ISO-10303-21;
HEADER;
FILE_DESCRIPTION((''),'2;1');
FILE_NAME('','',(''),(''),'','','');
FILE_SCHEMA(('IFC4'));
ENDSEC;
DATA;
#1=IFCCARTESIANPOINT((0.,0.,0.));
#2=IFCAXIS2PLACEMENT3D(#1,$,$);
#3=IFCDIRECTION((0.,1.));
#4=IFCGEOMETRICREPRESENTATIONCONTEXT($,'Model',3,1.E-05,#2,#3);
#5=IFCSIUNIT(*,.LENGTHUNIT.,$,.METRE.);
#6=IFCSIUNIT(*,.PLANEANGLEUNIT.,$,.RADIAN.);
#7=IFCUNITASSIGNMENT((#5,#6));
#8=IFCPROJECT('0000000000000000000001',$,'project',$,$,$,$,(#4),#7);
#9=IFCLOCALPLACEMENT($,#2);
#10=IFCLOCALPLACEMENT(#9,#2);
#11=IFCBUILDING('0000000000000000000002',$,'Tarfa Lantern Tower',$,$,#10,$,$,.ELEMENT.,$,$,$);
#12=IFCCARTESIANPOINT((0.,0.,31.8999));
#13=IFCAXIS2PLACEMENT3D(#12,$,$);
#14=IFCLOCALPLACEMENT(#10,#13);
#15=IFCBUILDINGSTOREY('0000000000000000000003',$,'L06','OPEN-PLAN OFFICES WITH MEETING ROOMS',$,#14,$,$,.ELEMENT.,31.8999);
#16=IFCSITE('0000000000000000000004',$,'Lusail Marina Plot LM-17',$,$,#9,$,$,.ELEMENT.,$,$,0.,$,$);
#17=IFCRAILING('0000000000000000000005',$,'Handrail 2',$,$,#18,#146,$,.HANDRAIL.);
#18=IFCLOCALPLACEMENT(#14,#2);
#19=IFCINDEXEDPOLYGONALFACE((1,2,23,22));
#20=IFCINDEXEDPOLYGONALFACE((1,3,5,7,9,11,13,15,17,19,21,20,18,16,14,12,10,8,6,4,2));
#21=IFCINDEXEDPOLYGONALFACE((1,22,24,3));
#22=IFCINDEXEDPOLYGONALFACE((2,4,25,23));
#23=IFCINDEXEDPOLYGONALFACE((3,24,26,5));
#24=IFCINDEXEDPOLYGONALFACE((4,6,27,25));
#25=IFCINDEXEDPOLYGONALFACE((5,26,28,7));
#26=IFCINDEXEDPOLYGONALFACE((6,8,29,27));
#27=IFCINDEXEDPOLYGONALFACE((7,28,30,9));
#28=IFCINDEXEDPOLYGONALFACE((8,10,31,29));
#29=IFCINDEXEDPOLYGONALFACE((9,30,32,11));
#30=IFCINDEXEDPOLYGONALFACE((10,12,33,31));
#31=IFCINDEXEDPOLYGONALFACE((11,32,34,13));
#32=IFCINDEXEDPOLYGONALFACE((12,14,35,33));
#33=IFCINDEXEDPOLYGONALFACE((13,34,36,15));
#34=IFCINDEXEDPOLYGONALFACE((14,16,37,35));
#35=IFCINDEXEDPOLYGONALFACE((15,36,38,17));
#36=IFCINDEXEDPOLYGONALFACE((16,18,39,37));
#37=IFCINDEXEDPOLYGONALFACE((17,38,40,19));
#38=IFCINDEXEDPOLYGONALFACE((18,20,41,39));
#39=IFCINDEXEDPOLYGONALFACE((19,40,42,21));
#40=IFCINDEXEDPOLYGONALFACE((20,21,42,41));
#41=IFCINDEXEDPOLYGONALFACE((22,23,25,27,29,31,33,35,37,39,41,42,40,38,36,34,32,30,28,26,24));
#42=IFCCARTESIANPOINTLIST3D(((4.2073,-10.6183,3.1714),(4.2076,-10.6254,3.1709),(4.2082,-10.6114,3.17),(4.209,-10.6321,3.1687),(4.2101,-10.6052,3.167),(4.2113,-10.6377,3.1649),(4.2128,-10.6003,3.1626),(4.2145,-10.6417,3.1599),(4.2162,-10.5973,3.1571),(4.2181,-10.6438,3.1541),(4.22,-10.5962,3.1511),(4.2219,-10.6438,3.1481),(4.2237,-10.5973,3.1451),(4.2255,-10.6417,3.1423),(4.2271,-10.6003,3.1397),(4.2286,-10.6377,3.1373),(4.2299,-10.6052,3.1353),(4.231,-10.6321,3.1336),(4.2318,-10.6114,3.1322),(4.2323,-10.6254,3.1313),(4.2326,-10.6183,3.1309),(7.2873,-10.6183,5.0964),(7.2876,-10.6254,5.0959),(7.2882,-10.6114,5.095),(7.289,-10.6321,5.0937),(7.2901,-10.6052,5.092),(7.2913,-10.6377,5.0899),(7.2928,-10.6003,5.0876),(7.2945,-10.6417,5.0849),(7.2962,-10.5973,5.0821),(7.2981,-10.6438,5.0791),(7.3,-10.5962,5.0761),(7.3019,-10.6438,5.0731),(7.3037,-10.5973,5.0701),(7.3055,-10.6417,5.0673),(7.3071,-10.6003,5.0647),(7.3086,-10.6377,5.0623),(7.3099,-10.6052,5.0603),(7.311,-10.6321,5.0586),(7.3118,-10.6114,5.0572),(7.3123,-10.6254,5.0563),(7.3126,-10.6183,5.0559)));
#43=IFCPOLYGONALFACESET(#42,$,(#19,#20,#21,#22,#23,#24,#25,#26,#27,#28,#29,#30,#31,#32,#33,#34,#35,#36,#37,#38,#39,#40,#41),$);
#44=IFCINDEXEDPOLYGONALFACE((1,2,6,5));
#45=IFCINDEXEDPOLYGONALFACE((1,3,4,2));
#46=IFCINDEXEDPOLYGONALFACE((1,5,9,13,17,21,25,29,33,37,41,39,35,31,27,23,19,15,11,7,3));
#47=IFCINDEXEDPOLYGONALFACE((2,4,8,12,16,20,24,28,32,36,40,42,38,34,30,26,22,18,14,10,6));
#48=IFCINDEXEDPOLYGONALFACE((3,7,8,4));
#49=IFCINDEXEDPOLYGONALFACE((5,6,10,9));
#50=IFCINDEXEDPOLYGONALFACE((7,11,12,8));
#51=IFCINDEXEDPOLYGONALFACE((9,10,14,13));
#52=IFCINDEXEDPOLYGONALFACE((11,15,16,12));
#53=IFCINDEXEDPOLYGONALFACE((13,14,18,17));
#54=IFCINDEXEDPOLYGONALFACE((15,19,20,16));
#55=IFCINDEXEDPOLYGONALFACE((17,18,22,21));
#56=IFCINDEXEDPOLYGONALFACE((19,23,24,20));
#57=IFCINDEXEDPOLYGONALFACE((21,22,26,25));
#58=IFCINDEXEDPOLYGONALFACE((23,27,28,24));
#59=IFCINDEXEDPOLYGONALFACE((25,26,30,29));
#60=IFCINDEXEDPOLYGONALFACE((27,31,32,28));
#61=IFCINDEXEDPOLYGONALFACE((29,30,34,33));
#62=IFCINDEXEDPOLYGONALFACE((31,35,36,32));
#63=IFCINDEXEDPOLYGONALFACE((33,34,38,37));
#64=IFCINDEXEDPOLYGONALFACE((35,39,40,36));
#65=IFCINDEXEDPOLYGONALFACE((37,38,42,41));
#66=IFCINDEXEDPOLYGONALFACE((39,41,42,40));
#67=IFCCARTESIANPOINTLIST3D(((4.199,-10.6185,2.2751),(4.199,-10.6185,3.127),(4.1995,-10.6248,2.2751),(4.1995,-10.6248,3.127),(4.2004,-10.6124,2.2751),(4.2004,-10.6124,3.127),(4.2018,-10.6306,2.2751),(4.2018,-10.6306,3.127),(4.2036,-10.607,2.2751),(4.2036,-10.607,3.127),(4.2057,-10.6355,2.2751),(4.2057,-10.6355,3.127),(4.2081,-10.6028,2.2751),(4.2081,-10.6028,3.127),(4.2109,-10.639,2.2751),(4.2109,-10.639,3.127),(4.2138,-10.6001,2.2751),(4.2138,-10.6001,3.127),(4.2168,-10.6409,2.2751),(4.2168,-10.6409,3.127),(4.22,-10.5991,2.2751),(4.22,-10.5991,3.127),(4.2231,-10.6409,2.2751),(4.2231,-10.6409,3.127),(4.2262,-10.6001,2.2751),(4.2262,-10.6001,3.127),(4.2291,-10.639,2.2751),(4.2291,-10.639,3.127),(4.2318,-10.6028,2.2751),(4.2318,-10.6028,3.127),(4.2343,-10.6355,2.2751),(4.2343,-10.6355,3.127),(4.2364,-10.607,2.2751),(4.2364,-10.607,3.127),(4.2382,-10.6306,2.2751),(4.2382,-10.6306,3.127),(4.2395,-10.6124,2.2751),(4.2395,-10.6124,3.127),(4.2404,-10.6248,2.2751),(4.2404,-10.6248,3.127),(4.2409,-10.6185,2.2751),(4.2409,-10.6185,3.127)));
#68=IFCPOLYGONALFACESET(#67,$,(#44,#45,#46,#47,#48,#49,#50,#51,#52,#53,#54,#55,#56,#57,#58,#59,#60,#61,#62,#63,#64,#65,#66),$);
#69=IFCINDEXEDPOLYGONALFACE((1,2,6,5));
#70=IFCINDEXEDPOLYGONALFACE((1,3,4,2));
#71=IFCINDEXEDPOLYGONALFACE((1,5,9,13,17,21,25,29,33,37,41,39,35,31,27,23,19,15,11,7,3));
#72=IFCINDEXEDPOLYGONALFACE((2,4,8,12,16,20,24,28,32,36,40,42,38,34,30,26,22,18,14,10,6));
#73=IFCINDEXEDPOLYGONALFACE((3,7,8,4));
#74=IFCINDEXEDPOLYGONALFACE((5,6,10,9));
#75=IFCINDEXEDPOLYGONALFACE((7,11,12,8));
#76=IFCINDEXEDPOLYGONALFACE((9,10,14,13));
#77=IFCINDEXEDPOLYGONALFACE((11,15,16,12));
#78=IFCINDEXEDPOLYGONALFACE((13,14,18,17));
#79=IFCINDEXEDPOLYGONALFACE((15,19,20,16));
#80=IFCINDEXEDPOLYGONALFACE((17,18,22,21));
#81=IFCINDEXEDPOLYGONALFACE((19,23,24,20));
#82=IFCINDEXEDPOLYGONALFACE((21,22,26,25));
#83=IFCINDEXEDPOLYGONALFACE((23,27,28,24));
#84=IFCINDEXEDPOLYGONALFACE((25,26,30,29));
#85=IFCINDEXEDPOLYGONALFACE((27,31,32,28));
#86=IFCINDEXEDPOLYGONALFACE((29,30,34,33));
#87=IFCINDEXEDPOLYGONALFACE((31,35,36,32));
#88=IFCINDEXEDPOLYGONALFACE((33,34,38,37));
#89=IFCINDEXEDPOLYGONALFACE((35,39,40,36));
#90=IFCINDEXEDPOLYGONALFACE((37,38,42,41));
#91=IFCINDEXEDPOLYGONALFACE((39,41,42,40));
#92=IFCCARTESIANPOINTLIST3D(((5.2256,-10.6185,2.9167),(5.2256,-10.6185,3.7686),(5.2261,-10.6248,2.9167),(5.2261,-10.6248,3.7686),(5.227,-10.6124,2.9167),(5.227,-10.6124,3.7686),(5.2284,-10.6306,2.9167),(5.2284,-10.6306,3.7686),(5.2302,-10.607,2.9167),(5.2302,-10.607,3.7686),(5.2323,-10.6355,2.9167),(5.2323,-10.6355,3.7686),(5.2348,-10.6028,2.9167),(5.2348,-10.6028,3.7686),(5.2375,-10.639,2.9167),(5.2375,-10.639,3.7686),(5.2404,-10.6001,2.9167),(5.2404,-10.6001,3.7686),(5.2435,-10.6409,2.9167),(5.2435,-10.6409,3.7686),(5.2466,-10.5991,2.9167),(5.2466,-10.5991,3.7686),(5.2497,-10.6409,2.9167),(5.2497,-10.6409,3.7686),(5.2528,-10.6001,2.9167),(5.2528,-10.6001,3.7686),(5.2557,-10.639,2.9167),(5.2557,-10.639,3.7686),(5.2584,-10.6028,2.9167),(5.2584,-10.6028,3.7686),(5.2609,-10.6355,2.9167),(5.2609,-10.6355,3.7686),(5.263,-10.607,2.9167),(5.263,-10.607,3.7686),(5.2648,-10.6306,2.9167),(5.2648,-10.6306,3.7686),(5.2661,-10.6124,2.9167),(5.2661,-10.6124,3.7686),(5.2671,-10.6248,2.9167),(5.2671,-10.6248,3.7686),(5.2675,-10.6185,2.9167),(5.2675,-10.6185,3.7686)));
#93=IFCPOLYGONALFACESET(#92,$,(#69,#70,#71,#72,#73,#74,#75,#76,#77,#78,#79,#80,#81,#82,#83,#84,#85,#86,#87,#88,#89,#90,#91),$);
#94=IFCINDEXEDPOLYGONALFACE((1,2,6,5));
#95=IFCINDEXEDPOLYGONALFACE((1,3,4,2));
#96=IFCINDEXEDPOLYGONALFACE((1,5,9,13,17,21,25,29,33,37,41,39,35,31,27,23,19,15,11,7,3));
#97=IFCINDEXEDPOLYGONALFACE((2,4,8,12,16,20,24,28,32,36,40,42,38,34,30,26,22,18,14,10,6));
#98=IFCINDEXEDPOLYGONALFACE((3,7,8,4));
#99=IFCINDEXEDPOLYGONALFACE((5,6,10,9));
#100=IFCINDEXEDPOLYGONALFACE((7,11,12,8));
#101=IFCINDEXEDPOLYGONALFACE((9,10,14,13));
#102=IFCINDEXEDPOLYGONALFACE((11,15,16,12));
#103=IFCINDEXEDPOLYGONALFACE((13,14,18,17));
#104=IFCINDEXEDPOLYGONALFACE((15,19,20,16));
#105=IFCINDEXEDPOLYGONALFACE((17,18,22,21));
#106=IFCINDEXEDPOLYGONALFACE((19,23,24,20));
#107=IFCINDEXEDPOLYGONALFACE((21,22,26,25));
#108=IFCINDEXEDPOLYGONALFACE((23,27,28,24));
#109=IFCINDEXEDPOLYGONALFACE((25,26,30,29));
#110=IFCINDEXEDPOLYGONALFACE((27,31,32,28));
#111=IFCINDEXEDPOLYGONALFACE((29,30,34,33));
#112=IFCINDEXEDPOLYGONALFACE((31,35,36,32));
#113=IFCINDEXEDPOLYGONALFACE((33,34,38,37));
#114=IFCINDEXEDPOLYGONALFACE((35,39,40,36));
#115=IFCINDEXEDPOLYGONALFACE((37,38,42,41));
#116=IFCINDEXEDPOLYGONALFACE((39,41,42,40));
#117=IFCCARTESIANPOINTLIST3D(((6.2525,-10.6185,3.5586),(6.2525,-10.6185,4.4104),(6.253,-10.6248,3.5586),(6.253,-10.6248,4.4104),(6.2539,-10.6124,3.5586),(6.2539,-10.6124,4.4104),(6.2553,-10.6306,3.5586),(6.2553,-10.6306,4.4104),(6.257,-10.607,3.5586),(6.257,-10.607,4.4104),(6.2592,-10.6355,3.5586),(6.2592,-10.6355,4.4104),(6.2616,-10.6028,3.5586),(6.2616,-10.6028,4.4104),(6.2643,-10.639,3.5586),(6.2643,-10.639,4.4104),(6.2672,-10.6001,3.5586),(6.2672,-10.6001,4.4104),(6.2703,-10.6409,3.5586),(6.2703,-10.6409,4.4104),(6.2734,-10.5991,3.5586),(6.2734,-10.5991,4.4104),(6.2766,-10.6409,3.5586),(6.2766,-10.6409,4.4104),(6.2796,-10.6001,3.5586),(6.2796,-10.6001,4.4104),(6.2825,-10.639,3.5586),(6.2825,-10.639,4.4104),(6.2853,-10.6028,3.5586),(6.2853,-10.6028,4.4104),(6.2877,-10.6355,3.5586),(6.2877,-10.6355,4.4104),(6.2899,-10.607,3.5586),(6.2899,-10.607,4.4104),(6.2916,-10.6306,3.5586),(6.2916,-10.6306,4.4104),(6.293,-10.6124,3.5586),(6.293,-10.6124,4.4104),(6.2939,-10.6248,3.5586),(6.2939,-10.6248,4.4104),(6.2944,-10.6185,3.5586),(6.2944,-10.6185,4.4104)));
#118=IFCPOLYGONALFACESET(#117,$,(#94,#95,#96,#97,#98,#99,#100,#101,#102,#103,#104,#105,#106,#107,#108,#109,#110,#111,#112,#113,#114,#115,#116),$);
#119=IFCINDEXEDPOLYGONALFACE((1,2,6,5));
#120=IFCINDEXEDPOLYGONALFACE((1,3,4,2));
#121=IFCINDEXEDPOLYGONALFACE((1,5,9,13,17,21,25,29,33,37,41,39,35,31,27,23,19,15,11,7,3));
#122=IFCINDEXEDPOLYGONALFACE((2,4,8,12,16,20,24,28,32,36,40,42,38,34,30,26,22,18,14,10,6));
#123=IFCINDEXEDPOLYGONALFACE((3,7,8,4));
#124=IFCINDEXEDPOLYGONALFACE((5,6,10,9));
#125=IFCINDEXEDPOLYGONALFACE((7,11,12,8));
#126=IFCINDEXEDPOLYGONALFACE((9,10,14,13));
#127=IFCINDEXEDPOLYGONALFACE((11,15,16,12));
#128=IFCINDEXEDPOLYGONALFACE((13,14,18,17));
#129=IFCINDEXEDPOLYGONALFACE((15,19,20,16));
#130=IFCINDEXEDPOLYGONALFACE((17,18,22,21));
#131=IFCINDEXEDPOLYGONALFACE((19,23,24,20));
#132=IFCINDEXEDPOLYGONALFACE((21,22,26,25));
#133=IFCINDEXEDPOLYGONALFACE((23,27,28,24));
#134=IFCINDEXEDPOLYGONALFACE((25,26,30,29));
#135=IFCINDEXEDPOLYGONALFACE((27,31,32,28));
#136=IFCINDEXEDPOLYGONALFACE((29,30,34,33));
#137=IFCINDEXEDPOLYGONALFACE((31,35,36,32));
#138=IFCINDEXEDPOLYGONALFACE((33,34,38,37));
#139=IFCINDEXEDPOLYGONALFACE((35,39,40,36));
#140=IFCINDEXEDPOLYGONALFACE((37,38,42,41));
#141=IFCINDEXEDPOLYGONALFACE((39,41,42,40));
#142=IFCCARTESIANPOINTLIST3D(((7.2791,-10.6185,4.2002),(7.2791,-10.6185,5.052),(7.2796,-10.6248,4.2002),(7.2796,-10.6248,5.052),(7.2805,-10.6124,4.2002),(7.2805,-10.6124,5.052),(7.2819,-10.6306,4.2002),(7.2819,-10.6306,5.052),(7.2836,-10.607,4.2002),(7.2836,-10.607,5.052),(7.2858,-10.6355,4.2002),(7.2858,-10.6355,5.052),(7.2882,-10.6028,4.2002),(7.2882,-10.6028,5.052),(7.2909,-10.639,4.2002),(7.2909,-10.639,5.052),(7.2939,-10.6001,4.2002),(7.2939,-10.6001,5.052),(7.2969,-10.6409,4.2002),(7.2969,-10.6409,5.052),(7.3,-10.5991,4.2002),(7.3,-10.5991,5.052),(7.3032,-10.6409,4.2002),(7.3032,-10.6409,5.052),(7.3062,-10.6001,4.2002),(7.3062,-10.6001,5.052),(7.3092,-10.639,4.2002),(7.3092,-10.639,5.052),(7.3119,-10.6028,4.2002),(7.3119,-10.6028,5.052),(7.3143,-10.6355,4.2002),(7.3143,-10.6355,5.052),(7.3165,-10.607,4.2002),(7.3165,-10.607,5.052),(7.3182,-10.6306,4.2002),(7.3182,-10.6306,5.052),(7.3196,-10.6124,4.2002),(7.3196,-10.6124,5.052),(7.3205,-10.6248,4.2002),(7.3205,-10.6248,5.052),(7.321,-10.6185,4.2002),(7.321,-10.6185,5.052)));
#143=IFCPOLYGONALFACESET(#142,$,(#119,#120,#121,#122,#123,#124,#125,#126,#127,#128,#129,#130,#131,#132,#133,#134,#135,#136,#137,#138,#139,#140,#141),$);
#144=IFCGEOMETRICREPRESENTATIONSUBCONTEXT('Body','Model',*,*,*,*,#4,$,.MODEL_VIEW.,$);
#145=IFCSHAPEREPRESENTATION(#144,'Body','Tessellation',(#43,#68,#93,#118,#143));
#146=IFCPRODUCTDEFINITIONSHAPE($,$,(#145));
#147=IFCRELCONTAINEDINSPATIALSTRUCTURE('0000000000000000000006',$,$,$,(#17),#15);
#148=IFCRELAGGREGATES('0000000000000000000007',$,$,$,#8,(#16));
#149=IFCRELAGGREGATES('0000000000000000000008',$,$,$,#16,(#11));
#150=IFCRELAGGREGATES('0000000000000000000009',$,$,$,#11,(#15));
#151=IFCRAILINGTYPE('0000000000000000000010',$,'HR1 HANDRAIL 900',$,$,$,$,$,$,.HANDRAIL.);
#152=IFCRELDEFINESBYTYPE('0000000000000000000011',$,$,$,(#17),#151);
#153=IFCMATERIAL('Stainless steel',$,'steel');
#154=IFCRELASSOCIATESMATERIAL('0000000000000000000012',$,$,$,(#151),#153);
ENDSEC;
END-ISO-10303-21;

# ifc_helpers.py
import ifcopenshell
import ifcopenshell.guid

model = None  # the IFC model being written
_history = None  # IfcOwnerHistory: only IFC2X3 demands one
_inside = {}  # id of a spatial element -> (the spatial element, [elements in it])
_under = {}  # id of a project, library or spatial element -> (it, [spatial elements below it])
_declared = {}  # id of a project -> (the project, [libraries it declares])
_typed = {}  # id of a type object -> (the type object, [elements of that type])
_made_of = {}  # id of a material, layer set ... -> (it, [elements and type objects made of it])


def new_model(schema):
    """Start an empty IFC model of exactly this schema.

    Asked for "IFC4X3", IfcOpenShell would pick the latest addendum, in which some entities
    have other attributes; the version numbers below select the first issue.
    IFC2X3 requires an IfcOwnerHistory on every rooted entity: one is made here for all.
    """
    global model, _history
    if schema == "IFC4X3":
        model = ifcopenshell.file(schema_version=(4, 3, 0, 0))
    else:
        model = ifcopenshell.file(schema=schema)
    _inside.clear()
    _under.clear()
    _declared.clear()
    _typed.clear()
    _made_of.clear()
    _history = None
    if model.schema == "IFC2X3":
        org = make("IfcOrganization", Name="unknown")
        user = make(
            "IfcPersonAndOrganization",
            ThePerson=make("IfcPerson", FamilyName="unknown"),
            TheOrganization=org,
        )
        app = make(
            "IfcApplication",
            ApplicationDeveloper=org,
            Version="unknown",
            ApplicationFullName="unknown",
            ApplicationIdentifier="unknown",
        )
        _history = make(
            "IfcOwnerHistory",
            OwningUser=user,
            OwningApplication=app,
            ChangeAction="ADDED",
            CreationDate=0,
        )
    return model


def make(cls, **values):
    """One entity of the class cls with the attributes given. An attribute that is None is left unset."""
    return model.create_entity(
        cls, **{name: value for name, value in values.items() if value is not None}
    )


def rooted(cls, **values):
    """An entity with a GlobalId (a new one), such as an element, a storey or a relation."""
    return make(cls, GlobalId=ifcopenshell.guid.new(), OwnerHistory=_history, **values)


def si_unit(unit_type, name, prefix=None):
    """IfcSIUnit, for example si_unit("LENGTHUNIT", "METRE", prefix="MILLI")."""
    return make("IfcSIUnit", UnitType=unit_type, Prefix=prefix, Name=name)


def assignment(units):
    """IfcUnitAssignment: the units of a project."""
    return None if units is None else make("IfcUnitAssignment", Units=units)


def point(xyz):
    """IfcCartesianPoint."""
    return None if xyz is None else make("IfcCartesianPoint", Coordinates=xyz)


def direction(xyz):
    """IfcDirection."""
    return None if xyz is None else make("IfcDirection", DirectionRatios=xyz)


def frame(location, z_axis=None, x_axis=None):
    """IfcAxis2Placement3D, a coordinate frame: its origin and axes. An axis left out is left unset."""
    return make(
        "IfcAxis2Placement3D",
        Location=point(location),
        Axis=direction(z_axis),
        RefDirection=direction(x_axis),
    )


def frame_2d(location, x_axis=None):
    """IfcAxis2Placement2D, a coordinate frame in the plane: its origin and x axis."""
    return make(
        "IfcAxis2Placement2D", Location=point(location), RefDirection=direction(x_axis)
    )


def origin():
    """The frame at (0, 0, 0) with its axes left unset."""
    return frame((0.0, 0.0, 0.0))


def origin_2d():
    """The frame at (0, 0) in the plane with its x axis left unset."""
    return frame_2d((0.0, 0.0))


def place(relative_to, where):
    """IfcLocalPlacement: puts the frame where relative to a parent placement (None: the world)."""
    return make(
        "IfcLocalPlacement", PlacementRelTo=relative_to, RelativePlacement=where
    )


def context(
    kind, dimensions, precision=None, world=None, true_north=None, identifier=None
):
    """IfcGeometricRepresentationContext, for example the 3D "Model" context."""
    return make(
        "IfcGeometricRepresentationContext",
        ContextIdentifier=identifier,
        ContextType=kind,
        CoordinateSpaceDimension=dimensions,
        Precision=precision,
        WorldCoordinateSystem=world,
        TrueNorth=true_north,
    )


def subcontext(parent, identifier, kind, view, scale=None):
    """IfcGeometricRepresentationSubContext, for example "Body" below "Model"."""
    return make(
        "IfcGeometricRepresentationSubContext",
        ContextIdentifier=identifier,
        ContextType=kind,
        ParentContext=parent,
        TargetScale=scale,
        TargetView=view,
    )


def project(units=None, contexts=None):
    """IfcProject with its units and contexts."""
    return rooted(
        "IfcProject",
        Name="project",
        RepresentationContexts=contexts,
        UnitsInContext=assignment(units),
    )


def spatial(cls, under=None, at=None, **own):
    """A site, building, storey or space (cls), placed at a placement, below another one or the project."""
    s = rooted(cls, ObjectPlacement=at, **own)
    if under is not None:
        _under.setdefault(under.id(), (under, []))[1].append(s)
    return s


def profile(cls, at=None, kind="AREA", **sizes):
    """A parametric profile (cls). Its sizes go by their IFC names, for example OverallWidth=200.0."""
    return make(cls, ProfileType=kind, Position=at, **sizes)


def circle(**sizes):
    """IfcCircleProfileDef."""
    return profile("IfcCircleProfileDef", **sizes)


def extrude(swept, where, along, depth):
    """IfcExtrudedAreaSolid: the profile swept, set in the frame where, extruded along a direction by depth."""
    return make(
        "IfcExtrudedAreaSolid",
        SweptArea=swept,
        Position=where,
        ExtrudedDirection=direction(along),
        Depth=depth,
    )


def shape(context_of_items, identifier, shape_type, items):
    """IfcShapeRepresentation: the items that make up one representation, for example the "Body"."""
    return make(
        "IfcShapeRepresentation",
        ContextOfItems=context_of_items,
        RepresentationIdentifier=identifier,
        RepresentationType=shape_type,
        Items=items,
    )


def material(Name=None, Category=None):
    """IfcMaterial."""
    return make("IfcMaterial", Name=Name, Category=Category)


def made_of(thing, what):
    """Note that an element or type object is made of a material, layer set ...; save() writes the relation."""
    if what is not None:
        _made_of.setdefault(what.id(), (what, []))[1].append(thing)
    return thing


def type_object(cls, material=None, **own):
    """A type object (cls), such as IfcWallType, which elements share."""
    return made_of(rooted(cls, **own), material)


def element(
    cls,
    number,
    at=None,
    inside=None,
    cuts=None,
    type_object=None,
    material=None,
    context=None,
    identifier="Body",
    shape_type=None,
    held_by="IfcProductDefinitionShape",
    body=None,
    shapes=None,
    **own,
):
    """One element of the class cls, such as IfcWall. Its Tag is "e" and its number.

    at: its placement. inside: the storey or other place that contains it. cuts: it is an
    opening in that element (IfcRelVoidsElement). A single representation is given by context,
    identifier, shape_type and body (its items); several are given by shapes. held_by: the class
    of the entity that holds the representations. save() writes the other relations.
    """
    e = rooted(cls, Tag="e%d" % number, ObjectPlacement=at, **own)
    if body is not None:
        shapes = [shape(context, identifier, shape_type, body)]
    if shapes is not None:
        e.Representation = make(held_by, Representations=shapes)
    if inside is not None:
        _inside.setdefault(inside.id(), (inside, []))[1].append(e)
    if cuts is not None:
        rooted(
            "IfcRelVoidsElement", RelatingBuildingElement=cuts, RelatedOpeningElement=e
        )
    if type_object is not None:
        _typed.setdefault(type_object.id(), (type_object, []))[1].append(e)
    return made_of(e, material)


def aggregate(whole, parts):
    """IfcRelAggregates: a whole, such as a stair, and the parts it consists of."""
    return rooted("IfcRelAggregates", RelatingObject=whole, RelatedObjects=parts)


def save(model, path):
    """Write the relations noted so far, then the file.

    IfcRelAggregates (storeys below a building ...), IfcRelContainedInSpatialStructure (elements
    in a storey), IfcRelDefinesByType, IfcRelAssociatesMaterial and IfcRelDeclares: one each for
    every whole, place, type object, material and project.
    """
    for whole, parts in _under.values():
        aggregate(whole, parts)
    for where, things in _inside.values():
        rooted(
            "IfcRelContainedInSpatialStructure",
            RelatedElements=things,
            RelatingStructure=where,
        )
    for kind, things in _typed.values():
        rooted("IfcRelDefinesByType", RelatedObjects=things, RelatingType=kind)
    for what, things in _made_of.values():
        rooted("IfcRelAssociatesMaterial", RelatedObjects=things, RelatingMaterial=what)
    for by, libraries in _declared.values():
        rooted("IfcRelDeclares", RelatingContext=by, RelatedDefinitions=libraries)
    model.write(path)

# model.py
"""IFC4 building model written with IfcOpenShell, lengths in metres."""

from ifc_helpers import new_model, si_unit, direction, frame, origin, origin_2d, place, context, subcontext, project, spatial, circle, extrude, material, type_object, element, save


model = new_model("IFC4")

# Units and contexts
model_context = context("Model", 3, precision=1e-05, world=origin(), true_north=direction((0.0, 1.0)))
body_context = subcontext(model_context, "Body", "Model", "MODEL_VIEW")
ifc_project = project(units=[si_unit("LENGTHUNIT", "METRE"), si_unit("PLANEANGLEUNIT", "RADIAN")], contexts=[model_context])

# Site, building, storey
site_placement = place(None, origin())
site = spatial("IfcSite", under=ifc_project, at=site_placement, Name="Lusail Marina Plot LM-17", CompositionType="ELEMENT", RefElevation=0.0)
building_placement = place(site_placement, origin())
building = spatial("IfcBuilding", under=site, at=building_placement, Name="Tarfa Lantern Tower", CompositionType="ELEMENT")
storey_placement = place(building_placement, frame((0.0, 0.0, 31.8999)))
storey = spatial("IfcBuildingStorey", under=building, at=storey_placement, Name="L06", Description="OPEN-PLAN OFFICES WITH MEETING ROOMS", CompositionType="ELEMENT", Elevation=31.8999)

# Railing
ifc_material_1 = material(Name="Stainless steel", Category="steel")
railing_type = type_object("IfcRailingType", Name="HR1 HANDRAIL 900", PredefinedType="HANDRAIL", material=ifc_material_1)
railing_1_placement = place(storey_placement, frame((4.22, -10.6201, 2.2751)))
element("IfcRailing", 1, at=railing_1_placement, inside=storey, type_object=railing_type, Name="Handrail 2", PredefinedType="HANDRAIL", context=body_context, shape_type="SweptSolid", body=[
    extrude(circle(Radius=0.0239, at=origin_2d()), frame((0.0, 0.0, 0.876), z_axis=(0.847998, 0.0, 0.529999), x_axis=(0.0, 1.0, 0.0)), (0.0, 0.0, 1.0), 3.6321),
    extrude(circle(Radius=0.021, at=origin_2d()), frame((0.0, 0.0, 0.0), z_axis=(0.0, 0.0, 1.0), x_axis=(0.0, 1.0, 0.0)), (0.0, 0.0, 1.0), 0.8518),
    extrude(circle(Radius=0.021, at=origin_2d()), frame((1.0266, 0.0, 0.6416), z_axis=(0.0, 0.0, 1.0), x_axis=(0.0, 1.0, 0.0)), (0.0, 0.0, 1.0), 0.8518),
    extrude(circle(Radius=0.021, at=origin_2d()), frame((2.0535, 0.0, 1.2834), z_axis=(0.0, 0.0, 1.0), x_axis=(0.0, 1.0, 0.0)), (0.0, 0.0, 1.0), 0.8518),
    extrude(circle(Radius=0.021, at=origin_2d()), frame((3.0801, 0.0, 1.925), z_axis=(0.0, 0.0, 1.0), x_axis=(0.0, 1.0, 0.0)), (0.0, 0.0, 1.0), 0.8518),
])

save(model, "model.ifc")
